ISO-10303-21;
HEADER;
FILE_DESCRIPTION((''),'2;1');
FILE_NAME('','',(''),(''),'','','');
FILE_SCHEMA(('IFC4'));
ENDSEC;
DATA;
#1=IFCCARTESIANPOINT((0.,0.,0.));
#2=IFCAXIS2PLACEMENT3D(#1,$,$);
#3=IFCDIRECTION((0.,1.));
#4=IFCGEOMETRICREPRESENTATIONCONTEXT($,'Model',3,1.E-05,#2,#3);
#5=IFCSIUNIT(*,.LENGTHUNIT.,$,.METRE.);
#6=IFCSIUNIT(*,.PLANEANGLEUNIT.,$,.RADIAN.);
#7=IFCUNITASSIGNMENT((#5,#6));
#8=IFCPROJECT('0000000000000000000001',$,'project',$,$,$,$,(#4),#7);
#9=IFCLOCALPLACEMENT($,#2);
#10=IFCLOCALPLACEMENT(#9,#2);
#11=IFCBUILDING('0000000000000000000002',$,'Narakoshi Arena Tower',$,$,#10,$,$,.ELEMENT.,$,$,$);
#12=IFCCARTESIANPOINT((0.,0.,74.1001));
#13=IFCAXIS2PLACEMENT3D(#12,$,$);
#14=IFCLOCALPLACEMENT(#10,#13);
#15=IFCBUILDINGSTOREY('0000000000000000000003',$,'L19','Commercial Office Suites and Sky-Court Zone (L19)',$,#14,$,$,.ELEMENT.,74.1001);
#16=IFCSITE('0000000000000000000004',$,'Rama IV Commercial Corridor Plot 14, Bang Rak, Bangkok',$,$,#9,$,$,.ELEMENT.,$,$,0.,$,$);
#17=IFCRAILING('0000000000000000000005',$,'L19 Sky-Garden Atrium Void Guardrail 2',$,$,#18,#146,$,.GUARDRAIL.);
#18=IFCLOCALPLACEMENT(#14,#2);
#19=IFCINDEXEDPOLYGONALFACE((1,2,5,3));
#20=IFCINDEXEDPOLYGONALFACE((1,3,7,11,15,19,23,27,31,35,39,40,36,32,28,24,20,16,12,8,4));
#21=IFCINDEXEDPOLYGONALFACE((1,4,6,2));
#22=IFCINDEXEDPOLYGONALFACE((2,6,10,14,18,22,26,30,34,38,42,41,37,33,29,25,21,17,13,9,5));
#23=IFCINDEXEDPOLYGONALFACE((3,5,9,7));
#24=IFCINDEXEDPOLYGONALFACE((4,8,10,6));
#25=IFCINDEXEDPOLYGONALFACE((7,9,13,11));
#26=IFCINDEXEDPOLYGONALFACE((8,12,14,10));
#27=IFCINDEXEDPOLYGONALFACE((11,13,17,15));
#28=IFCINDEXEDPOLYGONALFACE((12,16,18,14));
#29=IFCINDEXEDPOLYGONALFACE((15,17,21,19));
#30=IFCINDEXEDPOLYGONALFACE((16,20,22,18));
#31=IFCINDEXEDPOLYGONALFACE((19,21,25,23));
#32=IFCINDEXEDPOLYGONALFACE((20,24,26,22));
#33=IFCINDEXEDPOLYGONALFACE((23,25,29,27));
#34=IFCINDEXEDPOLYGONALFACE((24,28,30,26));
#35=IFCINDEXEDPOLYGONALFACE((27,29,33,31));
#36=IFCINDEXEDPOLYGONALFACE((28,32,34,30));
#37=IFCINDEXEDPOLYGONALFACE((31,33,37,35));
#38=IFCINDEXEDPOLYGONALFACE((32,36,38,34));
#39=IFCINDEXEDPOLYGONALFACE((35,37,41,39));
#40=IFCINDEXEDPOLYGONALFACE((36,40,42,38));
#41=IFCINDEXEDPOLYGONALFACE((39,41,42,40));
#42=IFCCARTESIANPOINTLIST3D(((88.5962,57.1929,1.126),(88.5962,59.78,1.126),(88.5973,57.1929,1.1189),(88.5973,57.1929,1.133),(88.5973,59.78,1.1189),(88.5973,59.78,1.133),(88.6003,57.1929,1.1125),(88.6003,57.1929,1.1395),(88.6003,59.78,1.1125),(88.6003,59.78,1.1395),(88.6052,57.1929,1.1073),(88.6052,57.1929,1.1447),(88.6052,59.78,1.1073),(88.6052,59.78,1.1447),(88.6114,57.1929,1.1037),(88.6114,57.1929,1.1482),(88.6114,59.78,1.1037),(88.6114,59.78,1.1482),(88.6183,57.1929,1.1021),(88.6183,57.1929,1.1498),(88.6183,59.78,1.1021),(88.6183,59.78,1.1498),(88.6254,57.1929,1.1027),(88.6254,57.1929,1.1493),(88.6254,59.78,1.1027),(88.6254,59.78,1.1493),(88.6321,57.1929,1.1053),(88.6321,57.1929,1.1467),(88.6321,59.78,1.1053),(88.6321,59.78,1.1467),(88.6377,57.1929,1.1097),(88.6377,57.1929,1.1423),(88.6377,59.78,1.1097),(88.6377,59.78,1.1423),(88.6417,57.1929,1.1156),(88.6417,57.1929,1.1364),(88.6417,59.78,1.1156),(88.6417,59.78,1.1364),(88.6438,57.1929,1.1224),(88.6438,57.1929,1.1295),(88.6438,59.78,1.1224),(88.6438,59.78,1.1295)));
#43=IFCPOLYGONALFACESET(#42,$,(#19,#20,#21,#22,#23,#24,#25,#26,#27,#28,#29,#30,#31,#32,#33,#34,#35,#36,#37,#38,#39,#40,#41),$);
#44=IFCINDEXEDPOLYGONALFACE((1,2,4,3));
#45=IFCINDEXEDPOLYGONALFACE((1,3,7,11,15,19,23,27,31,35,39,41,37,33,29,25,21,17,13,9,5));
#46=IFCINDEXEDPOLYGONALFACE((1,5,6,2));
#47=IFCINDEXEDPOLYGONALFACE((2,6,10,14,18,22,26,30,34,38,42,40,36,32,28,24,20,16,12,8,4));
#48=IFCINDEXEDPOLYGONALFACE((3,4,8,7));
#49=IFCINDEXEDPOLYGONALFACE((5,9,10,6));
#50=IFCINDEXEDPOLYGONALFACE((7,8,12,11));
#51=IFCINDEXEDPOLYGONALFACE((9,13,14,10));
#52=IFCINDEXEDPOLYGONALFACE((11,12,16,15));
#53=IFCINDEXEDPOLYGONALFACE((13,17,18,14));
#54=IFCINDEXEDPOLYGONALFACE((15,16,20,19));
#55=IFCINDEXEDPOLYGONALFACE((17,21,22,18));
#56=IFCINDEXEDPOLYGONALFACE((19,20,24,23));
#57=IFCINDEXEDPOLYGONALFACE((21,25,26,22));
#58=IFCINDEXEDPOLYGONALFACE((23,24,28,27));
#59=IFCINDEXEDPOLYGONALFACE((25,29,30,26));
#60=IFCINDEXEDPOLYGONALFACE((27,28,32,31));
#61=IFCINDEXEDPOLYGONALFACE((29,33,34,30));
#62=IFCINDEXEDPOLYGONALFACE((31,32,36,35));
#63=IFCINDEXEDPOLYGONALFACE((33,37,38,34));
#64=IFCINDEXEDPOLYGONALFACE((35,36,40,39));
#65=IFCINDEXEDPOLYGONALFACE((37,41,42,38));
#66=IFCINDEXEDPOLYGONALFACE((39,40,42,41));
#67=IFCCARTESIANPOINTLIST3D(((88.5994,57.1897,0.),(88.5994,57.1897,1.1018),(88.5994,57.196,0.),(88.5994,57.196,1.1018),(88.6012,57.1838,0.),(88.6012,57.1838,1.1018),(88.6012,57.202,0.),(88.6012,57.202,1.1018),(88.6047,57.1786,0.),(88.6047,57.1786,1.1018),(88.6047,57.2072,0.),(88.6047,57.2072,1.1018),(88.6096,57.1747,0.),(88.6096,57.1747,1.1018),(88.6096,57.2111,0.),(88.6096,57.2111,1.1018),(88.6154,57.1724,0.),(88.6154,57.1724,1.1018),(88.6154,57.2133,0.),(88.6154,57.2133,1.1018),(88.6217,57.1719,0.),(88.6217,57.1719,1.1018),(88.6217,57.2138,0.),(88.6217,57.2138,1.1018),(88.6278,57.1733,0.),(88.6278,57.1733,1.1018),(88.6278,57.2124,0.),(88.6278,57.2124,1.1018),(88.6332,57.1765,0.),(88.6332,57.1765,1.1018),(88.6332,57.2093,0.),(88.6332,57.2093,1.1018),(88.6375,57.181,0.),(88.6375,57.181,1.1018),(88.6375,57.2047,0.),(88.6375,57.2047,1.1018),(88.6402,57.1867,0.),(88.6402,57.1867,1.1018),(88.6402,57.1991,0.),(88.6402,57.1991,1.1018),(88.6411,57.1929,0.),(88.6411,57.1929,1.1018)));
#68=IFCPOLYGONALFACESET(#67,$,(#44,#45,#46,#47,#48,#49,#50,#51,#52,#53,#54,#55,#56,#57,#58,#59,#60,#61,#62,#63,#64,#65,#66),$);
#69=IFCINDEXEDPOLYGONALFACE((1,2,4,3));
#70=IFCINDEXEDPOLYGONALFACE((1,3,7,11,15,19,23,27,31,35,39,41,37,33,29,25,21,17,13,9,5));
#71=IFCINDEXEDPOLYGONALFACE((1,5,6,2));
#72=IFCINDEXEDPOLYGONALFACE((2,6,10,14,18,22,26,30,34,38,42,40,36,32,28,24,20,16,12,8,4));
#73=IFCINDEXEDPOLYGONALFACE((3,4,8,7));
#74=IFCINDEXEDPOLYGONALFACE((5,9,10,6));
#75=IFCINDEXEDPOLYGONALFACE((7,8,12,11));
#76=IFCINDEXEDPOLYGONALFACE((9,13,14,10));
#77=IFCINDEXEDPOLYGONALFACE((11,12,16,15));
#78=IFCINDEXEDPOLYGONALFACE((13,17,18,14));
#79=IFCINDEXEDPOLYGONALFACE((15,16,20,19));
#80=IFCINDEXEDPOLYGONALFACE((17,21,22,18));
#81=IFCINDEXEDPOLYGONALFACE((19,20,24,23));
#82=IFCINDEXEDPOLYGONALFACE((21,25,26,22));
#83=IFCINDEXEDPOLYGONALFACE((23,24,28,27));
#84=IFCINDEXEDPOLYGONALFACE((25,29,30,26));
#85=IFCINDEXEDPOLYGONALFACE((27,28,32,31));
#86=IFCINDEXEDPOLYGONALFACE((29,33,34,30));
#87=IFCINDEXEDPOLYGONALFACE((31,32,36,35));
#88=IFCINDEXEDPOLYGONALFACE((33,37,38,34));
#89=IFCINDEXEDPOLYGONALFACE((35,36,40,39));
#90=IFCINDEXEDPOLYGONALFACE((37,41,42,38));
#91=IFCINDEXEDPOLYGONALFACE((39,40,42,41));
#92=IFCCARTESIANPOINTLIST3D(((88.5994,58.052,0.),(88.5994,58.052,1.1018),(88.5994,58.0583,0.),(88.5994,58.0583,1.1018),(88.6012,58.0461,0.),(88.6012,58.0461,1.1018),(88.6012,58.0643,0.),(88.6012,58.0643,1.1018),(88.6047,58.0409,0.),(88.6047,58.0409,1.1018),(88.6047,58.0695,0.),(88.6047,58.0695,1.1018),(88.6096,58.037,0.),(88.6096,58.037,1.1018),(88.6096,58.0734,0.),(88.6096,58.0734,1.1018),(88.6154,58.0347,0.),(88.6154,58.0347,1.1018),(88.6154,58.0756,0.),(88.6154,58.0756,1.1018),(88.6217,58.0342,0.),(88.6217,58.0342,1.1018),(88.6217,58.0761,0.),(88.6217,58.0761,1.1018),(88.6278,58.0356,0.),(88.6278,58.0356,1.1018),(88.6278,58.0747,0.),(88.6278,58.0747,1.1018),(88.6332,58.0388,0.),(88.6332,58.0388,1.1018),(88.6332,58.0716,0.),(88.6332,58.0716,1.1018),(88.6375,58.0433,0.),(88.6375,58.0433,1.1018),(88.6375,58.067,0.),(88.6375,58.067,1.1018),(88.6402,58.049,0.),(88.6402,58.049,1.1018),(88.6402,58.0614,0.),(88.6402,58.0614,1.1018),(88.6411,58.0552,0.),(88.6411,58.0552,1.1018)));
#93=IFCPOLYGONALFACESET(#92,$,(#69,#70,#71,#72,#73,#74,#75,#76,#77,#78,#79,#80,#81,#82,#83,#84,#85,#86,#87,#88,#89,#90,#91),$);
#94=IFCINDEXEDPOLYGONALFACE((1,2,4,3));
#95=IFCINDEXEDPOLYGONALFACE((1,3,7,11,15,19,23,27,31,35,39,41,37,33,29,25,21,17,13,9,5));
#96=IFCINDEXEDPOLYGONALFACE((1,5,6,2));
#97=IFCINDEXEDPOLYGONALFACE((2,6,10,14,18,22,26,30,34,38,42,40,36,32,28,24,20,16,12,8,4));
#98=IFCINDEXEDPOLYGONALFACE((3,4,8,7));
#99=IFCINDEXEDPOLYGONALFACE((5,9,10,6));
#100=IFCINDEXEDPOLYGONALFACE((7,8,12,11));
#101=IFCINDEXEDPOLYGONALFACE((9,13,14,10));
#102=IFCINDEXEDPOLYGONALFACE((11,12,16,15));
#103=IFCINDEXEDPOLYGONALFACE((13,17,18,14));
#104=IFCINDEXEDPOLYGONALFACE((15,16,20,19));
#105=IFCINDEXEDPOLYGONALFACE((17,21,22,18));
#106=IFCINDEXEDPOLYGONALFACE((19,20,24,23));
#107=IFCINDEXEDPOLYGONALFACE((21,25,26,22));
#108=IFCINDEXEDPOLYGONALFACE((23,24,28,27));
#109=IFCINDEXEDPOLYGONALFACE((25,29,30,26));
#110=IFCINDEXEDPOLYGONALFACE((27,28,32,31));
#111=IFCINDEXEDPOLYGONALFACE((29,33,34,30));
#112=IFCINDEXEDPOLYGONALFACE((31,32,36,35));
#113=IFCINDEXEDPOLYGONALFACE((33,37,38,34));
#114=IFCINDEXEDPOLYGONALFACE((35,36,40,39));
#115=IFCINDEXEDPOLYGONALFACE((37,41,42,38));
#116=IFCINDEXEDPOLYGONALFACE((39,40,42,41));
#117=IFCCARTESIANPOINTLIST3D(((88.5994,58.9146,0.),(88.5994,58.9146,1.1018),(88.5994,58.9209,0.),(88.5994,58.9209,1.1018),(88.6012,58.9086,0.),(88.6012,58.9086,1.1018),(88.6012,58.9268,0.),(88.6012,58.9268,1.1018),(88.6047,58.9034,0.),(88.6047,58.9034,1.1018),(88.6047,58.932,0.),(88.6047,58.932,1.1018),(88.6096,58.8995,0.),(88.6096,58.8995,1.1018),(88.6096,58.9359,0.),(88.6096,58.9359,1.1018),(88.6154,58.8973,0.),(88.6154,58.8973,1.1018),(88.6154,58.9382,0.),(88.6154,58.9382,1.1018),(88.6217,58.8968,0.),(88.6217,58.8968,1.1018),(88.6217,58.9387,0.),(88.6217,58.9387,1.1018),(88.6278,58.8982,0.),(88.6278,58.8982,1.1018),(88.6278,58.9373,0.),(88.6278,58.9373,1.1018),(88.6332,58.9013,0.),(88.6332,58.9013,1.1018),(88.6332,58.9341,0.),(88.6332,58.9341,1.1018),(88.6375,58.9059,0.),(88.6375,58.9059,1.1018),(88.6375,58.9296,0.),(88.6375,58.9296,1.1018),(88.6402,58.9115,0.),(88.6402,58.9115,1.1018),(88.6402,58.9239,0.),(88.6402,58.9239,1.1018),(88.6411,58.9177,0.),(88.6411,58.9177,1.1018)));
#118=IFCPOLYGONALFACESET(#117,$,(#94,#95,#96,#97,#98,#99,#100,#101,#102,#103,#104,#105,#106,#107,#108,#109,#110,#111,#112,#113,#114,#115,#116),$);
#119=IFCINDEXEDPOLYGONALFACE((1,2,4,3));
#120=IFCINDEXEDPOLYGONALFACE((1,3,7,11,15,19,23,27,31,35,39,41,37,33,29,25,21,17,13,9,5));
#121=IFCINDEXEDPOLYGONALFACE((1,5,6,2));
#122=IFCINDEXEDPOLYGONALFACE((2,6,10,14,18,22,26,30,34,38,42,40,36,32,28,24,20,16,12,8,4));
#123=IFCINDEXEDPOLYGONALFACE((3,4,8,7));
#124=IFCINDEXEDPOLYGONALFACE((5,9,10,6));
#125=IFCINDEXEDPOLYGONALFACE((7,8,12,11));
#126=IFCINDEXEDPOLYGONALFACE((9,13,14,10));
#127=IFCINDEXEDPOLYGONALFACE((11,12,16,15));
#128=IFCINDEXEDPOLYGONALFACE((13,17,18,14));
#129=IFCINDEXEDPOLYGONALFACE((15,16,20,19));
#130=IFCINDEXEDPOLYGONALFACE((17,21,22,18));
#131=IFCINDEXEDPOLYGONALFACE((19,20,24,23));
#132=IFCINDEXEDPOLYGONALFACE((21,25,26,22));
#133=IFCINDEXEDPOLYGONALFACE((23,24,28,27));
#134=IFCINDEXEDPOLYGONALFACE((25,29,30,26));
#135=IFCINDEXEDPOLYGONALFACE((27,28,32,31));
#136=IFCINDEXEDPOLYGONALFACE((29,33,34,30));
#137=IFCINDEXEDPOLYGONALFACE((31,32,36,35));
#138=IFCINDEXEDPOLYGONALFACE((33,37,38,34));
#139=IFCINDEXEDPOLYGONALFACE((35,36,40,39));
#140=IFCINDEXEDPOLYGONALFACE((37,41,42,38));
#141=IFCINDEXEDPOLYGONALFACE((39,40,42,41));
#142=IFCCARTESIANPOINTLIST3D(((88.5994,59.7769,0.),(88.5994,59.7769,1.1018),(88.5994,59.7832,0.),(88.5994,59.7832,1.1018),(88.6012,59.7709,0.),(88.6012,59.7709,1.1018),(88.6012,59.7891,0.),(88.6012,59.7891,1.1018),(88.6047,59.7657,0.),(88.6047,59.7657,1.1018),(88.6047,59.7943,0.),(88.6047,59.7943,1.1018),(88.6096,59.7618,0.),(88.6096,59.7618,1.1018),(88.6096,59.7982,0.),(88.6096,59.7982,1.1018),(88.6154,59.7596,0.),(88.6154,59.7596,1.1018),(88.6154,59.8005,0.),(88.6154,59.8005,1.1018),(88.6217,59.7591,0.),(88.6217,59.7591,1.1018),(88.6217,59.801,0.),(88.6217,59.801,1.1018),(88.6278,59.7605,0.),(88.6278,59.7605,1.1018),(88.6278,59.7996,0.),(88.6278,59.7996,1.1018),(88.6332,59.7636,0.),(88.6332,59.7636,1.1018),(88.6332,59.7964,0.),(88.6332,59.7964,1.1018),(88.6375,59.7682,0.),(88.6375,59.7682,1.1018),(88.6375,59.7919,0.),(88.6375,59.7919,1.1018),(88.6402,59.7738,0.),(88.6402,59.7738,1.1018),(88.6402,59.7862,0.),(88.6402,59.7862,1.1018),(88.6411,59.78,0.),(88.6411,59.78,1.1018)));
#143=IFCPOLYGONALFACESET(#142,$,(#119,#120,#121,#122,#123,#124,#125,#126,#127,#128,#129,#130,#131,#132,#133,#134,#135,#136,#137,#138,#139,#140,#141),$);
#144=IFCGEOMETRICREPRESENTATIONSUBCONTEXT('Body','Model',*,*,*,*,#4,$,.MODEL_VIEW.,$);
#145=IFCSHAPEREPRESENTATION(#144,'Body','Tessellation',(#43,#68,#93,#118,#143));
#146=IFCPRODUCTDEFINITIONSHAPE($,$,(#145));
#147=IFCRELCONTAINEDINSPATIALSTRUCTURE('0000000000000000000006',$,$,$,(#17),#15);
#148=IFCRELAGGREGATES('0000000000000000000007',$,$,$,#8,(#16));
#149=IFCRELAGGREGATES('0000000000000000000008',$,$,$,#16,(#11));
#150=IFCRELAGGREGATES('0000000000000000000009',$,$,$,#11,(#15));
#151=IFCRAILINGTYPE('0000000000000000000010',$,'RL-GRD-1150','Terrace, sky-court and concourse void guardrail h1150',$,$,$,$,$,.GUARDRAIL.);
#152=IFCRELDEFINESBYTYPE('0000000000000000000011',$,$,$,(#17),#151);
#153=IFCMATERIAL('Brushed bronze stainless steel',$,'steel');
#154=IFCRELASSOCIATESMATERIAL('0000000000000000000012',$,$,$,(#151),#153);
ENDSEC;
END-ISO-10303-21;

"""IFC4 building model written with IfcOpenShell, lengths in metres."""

from ifc_helpers import new_model, si_unit, direction, frame, origin, origin_2d, place, context, subcontext, project, spatial, circle, extrude, material, type_object, element, save


model = new_model("IFC4")

# Units and contexts
model_context = context("Model", 3, precision=1e-05, world=origin(), true_north=direction((0.0, 1.0)))
body_context = subcontext(model_context, "Body", "Model", "MODEL_VIEW")
ifc_project = project(units=[si_unit("LENGTHUNIT", "METRE"), si_unit("PLANEANGLEUNIT", "RADIAN")], contexts=[model_context])

# Site, building, storey
site_placement = place(None, origin())
site = spatial("IfcSite", under=ifc_project, at=site_placement, Name="Rama IV Commercial Corridor Plot 14, Bang Rak, Bangkok", CompositionType="ELEMENT", RefElevation=0.0)
building_placement = place(site_placement, origin())
building = spatial("IfcBuilding", under=site, at=building_placement, Name="Narakoshi Arena Tower", CompositionType="ELEMENT")
storey_placement = place(building_placement, frame((0.0, 0.0, 74.1001)))
storey = spatial("IfcBuildingStorey", under=building, at=storey_placement, Name="L19", Description="Commercial Office Suites and Sky-Court Zone (L19)", CompositionType="ELEMENT", Elevation=74.1001)

# Railing
ifc_material_1 = material(Name="Brushed bronze stainless steel", Category="steel")
railing_type = type_object("IfcRailingType", Name="RL-GRD-1150", Description="Terrace, sky-court and concourse void guardrail h1150", PredefinedType="GUARDRAIL", material=ifc_material_1)
railing_1_placement = place(storey_placement, frame((88.6201, 57.1929, 0.0)))
element("IfcRailing", 1, at=railing_1_placement, inside=storey, type_object=railing_type, Name="L19 Sky-Garden Atrium Void Guardrail 2", PredefinedType="GUARDRAIL", context=body_context, shape_type="SweptSolid", body=[
    extrude(circle(Radius=0.0239, at=origin_2d()), frame((0.0, 0.0, 1.126), z_axis=(0.0, 1.0, 0.0), x_axis=(-1.0, 0.0, 0.0)), (0.0, 0.0, 1.0), 2.5872),
    extrude(circle(Radius=0.021, at=origin_2d()), origin(), (0.0, 0.0, 1.0), 1.1018),
    extrude(circle(Radius=0.021, at=origin_2d()), frame((0.0, 0.8623, 0.0)), (0.0, 0.0, 1.0), 1.1018),
    extrude(circle(Radius=0.021, at=origin_2d()), frame((0.0, 1.7249, 0.0)), (0.0, 0.0, 1.0), 1.1018),
    extrude(circle(Radius=0.021, at=origin_2d()), frame((0.0, 2.5872, 0.0)), (0.0, 0.0, 1.0), 1.1018),
])

save(model, "model.ifc")
